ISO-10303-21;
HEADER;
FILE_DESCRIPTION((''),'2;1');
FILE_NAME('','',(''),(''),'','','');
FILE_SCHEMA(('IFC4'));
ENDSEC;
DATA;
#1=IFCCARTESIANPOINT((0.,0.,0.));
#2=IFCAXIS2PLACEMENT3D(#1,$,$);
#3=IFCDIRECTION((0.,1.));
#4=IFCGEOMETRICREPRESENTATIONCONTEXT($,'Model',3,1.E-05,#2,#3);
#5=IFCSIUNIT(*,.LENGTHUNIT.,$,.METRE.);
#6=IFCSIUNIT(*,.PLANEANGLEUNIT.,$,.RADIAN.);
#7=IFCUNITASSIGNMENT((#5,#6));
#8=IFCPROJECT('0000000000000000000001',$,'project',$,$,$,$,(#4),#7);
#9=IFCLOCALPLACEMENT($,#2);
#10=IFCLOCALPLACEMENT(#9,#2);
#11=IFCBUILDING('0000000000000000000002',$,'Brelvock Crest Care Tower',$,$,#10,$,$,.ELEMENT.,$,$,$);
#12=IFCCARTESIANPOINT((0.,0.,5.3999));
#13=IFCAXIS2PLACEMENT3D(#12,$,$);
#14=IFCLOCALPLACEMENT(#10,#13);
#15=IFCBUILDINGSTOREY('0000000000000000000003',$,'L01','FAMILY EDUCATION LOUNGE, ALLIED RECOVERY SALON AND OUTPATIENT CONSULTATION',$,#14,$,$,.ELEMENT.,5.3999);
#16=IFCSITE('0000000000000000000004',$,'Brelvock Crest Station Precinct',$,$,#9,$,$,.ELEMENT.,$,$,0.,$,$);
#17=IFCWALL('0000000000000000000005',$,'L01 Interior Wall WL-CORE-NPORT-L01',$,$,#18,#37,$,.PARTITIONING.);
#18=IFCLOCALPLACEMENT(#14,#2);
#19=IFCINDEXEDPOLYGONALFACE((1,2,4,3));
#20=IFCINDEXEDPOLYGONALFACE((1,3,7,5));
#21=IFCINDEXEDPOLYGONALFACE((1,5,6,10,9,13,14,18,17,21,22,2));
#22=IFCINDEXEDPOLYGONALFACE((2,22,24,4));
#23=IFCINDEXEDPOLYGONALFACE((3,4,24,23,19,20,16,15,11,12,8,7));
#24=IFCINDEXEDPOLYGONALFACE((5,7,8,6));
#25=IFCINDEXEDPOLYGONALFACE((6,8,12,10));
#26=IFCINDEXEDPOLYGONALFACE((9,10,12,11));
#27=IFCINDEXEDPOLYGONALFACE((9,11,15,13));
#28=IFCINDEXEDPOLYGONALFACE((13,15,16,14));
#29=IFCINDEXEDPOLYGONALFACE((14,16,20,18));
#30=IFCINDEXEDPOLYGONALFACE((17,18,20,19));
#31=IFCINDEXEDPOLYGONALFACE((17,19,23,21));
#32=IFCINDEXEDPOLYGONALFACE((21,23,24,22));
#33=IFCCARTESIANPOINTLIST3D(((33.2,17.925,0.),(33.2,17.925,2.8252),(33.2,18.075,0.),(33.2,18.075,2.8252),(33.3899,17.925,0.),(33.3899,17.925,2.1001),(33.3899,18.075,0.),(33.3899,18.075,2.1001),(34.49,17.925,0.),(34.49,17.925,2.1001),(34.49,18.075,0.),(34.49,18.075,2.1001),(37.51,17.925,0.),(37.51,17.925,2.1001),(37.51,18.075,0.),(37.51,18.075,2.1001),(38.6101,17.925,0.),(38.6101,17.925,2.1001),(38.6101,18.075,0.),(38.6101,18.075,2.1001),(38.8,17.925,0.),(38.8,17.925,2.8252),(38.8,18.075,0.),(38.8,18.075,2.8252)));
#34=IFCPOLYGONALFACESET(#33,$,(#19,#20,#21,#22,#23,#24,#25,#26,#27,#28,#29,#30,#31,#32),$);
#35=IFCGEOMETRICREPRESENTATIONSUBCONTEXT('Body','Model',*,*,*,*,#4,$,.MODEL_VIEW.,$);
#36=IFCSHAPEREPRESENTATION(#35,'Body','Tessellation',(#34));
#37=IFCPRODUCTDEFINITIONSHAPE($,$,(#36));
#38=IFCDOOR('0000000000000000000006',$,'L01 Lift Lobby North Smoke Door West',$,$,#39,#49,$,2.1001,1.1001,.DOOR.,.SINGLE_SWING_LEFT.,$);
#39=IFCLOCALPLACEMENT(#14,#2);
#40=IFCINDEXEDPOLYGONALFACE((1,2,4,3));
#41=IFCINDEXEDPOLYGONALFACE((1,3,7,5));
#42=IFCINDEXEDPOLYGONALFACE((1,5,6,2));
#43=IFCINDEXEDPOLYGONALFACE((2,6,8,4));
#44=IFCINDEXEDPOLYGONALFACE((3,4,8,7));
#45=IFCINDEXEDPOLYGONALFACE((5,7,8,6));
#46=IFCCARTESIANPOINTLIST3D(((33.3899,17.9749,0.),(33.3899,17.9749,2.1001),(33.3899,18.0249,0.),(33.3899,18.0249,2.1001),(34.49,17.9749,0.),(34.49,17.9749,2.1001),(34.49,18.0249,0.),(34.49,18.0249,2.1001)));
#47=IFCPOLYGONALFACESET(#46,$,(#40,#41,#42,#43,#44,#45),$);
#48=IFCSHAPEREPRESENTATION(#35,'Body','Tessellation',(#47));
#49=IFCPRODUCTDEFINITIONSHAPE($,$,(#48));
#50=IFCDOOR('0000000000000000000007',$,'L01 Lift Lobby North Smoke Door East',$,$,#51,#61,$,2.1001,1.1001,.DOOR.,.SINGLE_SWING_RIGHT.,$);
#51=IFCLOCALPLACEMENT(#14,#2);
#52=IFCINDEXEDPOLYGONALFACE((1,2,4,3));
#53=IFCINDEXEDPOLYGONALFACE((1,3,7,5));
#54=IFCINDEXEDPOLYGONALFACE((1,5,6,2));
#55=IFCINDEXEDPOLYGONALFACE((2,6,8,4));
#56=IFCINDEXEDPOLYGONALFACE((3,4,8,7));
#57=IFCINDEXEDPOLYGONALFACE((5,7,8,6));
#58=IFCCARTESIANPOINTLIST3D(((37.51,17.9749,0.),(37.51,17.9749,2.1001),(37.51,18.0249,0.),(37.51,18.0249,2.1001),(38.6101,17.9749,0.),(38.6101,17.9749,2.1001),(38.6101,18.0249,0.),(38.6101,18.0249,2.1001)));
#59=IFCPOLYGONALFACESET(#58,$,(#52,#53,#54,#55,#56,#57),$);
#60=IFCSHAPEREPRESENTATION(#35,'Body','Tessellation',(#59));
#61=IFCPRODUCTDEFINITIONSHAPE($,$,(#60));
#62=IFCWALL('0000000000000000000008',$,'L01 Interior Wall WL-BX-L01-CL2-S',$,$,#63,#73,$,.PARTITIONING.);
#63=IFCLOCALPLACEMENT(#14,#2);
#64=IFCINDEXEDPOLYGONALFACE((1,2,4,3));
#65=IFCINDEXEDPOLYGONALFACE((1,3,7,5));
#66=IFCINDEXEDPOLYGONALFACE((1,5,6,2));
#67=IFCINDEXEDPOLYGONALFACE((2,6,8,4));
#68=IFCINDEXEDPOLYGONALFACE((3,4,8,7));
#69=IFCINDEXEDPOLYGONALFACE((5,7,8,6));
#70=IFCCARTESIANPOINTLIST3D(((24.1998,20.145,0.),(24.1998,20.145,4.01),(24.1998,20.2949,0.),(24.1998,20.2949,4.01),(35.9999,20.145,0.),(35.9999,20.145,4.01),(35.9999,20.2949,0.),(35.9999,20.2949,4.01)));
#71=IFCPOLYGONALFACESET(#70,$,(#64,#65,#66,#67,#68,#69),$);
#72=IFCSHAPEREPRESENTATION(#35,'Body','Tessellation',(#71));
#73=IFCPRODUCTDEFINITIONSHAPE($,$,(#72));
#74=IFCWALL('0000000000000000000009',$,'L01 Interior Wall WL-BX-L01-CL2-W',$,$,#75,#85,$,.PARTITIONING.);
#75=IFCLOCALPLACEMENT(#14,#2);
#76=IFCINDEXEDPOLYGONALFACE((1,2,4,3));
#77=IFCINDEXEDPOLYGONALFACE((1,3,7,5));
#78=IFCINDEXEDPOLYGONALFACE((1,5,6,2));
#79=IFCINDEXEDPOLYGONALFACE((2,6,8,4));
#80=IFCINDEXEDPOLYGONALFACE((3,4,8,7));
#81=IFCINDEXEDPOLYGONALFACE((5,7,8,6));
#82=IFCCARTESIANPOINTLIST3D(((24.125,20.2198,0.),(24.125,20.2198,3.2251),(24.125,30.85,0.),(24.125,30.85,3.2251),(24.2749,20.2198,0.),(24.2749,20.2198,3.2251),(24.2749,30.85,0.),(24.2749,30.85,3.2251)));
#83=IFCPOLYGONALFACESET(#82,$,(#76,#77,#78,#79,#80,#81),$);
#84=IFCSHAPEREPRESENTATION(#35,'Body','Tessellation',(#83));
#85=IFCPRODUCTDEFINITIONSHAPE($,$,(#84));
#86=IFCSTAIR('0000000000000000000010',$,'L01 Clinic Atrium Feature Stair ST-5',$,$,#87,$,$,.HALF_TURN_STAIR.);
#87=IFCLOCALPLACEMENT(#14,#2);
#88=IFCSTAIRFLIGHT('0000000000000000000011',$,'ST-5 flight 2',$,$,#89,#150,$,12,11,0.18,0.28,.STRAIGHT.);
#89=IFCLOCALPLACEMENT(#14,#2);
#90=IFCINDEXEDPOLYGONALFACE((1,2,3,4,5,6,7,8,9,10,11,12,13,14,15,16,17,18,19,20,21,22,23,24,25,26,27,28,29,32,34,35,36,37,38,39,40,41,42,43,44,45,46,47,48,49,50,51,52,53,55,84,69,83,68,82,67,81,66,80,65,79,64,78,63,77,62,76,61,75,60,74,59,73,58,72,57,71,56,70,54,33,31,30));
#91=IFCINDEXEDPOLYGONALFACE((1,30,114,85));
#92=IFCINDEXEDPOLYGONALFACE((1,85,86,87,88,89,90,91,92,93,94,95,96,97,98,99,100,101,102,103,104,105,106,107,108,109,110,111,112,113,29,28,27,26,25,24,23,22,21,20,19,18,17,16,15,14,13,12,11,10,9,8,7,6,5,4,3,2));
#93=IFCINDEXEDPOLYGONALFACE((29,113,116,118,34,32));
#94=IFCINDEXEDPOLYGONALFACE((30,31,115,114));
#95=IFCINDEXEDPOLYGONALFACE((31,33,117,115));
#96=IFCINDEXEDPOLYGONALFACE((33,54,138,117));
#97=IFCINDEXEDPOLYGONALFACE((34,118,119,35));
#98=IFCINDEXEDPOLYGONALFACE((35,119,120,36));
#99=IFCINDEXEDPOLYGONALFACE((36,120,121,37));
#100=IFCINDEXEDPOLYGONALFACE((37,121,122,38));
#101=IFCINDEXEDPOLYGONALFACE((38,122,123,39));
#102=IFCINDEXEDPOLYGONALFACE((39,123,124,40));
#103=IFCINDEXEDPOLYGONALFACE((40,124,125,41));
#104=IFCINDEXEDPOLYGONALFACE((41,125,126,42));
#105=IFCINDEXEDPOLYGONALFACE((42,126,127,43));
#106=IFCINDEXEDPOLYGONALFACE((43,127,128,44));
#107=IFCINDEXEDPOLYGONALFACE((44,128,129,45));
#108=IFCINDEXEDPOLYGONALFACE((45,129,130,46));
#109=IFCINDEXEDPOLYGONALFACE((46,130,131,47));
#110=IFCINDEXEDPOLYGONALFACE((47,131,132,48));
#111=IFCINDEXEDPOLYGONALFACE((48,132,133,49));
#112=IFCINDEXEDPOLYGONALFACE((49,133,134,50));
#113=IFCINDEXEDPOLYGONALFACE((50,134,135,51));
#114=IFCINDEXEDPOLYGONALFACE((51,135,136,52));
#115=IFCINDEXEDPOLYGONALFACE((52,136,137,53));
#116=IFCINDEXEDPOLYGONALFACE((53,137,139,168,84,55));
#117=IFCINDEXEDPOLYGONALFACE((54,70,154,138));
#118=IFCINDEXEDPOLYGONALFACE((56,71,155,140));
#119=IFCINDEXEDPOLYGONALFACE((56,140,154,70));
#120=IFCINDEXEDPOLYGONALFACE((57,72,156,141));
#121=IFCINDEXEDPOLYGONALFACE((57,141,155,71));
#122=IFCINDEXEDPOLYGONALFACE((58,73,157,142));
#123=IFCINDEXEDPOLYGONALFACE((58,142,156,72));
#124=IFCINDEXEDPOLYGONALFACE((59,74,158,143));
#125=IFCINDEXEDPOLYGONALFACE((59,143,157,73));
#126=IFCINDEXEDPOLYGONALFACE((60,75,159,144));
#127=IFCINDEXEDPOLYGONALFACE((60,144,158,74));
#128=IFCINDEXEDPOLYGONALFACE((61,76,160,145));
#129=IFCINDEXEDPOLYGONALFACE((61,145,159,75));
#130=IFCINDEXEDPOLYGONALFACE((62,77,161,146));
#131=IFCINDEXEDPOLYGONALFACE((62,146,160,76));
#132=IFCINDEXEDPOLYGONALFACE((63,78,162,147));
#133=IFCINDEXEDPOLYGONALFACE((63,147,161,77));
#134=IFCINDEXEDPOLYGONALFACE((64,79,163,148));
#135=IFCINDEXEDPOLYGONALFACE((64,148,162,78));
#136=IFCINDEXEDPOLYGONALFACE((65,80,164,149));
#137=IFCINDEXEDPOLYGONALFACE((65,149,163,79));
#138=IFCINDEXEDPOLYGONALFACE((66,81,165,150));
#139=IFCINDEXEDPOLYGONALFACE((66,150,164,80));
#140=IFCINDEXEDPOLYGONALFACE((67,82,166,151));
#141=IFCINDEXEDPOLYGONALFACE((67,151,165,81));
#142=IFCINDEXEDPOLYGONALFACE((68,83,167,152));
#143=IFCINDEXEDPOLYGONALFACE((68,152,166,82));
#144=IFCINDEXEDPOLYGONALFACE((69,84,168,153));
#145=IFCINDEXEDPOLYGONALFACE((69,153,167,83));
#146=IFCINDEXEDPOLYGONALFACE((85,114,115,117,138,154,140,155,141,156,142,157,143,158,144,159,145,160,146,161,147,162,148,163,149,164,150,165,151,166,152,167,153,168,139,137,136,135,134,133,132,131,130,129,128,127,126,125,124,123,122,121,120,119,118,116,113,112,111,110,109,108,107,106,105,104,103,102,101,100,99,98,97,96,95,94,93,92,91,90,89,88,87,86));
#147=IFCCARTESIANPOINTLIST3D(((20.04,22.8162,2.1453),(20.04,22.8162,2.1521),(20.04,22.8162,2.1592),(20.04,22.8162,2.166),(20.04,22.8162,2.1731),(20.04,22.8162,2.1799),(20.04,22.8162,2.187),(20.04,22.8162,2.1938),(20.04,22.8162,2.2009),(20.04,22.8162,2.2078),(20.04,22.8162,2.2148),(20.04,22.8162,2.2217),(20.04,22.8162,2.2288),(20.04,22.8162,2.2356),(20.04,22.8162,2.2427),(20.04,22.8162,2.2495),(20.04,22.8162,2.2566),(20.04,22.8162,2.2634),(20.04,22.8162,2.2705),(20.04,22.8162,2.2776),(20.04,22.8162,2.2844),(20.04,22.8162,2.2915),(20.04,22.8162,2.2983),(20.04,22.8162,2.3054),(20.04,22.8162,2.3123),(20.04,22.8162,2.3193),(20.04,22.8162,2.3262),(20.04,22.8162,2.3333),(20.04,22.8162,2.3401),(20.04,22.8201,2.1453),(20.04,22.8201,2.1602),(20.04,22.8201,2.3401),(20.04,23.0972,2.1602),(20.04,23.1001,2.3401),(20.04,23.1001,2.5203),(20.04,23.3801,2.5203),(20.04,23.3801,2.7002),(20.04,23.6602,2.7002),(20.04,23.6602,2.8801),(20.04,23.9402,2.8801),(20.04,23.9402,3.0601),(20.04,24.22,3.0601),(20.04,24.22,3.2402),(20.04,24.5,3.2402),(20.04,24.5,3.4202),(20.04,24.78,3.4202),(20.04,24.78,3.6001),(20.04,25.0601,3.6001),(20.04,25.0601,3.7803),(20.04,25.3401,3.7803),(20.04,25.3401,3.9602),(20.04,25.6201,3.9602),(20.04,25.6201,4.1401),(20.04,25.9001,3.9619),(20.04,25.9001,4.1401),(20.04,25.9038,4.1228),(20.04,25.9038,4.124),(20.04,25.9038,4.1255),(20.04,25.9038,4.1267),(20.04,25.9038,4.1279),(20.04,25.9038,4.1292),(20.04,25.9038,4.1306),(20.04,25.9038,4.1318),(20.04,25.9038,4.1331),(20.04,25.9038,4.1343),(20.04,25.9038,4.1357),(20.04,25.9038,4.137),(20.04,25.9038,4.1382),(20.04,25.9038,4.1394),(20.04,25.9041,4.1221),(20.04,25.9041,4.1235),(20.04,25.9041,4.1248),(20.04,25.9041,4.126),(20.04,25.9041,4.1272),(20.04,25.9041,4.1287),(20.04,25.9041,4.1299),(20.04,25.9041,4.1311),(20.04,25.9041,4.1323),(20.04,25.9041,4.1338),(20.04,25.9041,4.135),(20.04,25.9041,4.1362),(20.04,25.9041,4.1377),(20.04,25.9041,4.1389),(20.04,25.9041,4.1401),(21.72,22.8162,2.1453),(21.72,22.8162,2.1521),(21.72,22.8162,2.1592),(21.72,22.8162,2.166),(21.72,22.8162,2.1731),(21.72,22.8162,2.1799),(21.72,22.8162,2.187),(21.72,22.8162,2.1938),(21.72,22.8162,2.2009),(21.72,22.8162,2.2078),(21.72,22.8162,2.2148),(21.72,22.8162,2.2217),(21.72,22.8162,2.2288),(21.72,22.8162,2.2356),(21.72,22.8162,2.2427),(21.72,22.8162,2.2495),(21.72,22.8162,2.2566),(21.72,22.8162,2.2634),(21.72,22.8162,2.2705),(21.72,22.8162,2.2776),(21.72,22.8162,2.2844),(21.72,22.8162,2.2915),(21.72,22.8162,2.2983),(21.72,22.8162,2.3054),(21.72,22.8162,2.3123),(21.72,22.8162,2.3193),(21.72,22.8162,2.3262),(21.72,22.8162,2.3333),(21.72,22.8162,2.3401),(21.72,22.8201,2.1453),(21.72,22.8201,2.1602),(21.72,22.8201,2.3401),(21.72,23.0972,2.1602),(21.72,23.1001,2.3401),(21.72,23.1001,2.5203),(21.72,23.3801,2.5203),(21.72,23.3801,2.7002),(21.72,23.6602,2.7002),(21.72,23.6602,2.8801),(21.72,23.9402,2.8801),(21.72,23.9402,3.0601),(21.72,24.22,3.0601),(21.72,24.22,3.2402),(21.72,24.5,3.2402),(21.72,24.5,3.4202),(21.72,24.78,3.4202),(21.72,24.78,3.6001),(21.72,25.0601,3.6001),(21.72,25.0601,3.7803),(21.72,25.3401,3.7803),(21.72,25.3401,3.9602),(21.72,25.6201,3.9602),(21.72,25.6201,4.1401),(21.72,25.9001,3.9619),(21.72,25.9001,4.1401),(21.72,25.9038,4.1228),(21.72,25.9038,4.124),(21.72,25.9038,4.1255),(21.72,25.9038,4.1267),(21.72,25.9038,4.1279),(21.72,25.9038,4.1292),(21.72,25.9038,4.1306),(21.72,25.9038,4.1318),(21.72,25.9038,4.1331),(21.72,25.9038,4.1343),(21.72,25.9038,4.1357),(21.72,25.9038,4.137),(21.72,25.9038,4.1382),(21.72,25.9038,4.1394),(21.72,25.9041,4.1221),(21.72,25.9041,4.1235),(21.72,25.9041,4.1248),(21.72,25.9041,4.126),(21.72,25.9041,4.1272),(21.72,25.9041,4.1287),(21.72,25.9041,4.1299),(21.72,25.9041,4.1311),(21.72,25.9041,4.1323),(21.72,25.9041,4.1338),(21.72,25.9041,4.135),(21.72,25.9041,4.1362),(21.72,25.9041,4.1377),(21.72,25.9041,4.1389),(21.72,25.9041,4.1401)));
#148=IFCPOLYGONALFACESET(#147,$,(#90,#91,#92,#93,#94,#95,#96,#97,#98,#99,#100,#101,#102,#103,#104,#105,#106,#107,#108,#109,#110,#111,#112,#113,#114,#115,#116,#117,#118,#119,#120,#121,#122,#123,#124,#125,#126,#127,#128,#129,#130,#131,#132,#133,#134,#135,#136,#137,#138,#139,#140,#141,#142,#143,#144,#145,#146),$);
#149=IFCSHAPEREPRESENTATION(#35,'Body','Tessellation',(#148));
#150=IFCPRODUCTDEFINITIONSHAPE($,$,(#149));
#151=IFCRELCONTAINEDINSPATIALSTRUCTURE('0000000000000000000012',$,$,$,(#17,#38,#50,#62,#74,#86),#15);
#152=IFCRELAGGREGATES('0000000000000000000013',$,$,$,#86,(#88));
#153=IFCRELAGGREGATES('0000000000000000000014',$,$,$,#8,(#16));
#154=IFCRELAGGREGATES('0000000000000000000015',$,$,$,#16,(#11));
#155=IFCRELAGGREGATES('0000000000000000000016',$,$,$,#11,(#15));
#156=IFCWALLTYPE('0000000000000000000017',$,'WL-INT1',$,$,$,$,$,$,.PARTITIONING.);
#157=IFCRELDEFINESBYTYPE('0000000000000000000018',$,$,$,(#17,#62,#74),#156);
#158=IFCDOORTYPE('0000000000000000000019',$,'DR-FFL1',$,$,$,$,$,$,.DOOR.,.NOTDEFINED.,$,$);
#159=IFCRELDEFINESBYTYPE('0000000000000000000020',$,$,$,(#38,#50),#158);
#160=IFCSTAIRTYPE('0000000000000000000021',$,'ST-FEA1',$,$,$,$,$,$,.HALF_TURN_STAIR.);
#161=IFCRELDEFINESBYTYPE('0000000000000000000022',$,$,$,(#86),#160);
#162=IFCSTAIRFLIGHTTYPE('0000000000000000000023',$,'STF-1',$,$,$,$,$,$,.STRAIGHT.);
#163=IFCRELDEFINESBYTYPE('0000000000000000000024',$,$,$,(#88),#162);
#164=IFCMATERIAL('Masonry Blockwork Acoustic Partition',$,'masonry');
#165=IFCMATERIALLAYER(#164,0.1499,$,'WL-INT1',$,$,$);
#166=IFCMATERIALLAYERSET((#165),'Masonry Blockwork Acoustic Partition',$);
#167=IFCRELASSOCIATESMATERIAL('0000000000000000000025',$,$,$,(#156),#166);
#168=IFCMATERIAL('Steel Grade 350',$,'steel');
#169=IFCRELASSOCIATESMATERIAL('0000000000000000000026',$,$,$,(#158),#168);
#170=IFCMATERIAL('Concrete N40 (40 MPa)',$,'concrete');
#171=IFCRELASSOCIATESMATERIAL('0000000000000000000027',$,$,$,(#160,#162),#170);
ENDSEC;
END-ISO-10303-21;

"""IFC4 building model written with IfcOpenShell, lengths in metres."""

from ifc_helpers import new_model, si_unit, direction, frame, frame_2d, origin, origin_2d, place, context, subcontext, project, spatial, polyline, rectangle, outline, extrude, source, transform, mapped, material, layer, layer_set, type_object, element, fill, aggregate, save


model = new_model("IFC4")

# Units and contexts
model_context = context("Model", 3, precision=1e-05, world=origin(), true_north=direction((0.0, 1.0)))
body_context = subcontext(model_context, "Body", "Model", "MODEL_VIEW")
ifc_project = project(units=[si_unit("LENGTHUNIT", "METRE"), si_unit("PLANEANGLEUNIT", "RADIAN")], contexts=[model_context])

# Site, building, storey
site_placement = place(None, origin())
site = spatial("IfcSite", under=ifc_project, at=site_placement, Name="Brelvock Crest Station Precinct", CompositionType="ELEMENT", RefElevation=0.0)
building_placement = place(site_placement, origin())
building = spatial("IfcBuilding", under=site, at=building_placement, Name="Brelvock Crest Care Tower", CompositionType="ELEMENT")
storey_placement = place(building_placement, frame((0.0, 0.0, 5.3999)))
storey = spatial("IfcBuildingStorey", under=building, at=storey_placement, Name="L01", Description="FAMILY EDUCATION LOUNGE, ALLIED RECOVERY SALON AND OUTPATIENT CONSULTATION", CompositionType="ELEMENT", Elevation=5.3999)

# Shared definitions
ifc_material_1 = material(Name="Steel Grade 350", Category="steel")

# Wall, openings, doors
ifc_material_2 = material(Name="Masonry Blockwork Acoustic Partition", Category="masonry")
ifc_layer_1 = layer(ifc_material_2, 0.1499, Name="WL-INT1")
ifc_layer_set_1 = layer_set([ifc_layer_1], Name="Masonry Blockwork Acoustic Partition")
wall_type = type_object("IfcWallType", Name="WL-INT1", PredefinedType="PARTITIONING", material=ifc_layer_set_1)
wall_1_placement = place(storey_placement, frame((33.2, 18.0, 0.0), z_axis=(0.0, 0.0, 1.0), x_axis=(1.0, 0.0, 0.0)))
wall_1 = element("IfcWall", 1, at=wall_1_placement, inside=storey, type_object=wall_type, Name="L01 Interior Wall WL-CORE-NPORT-L01", PredefinedType="PARTITIONING", context=body_context, shape_type="SweptSolid", body=[
    extrude(rectangle(XDim=5.6001, YDim=0.1499, at=frame_2d((2.8, 0.0))), origin(), (0.0, 0.0, 1.0), 2.8252),
])
opening_1_placement = place(wall_1_placement, frame((0.1899, 0.0, 0.0)))
opening_1 = element("IfcOpeningElement", 2, at=opening_1_placement, cuts=wall_1, PredefinedType="OPENING", context=body_context, shape_type="SweptSolid", body=[
    extrude(rectangle(XDim=1.1001, YDim=2.1001, at=origin_2d()), frame((0.55, 0.085, 1.05), z_axis=(0.0, -1.0, 0.0), x_axis=(1.0, 0.0, 0.0)), (0.0, 0.0, 1.0), 0.1699),
])
opening_2_placement = place(wall_1_placement, frame((4.3101, 0.0, 0.0)))
opening_2 = element("IfcOpeningElement", 3, at=opening_2_placement, cuts=wall_1, PredefinedType="OPENING", context=body_context, shape_type="SweptSolid", body=[
    extrude(rectangle(XDim=1.1001, YDim=2.1001, at=origin_2d()), frame((0.55, 0.085, 1.05), z_axis=(0.0, -1.0, 0.0), x_axis=(1.0, 0.0, 0.0)), (0.0, 0.0, 1.0), 0.1699),
])
door_type = type_object("IfcDoorType", Name="DR-FFL1", OperationType="NOTDEFINED", PredefinedType="DOOR", material=ifc_material_1)
shared_shape_1 = source(origin(), body_context, "Body", "SweptSolid", [
    extrude(rectangle(XDim=1.1001, YDim=2.1001, at=origin_2d()), frame((0.55, 0.0249, 1.05), z_axis=(0.0, -1.0, 0.0), x_axis=(1.0, 0.0, 0.0)), (0.0, 0.0, 1.0), 0.05),
])
door_1_placement = place(opening_1_placement, origin())
door_1 = element("IfcDoor", 4, at=door_1_placement, inside=storey, type_object=door_type, Name="L01 Lift Lobby North Smoke Door West", OperationType="SINGLE_SWING_LEFT", OverallHeight=2.1001, OverallWidth=1.1001, PredefinedType="DOOR", context=body_context, shape_type="MappedRepresentation", body=[
    mapped(shared_shape_1, transform((0.0, 0.0, 0.0), x_axis=(1.0, 0.0, 0.0), y_axis=(0.0, 1.0, 0.0), z_axis=(0.0, 0.0, 1.0), scale=1.0)),
])
fill(opening_1, door_1)
door_2_placement = place(opening_2_placement, origin())
door_2 = element("IfcDoor", 5, at=door_2_placement, inside=storey, type_object=door_type, Name="L01 Lift Lobby North Smoke Door East", OperationType="SINGLE_SWING_RIGHT", OverallHeight=2.1001, OverallWidth=1.1001, PredefinedType="DOOR", context=body_context, shape_type="MappedRepresentation", body=[
    mapped(shared_shape_1, transform((0.0, 0.0, 0.0), x_axis=(1.0, 0.0, 0.0), y_axis=(0.0, 1.0, 0.0), z_axis=(0.0, 0.0, 1.0), scale=1.0)),
])
fill(opening_2, door_2)

# Walls
wall_2_placement = place(storey_placement, frame((24.2, 20.22, 0.0), z_axis=(0.0, 0.0, 1.0), x_axis=(1.0, 0.0, 0.0)))
element("IfcWall", 6, at=wall_2_placement, inside=storey, type_object=wall_type, Name="L01 Interior Wall WL-BX-L01-CL2-S", PredefinedType="PARTITIONING", context=body_context, shape_type="SweptSolid", body=[
    extrude(rectangle(XDim=11.8, YDim=0.1499, at=frame_2d((5.8999, 0.0))), origin(), (0.0, 0.0, 1.0), 4.01),
])
wall_3_placement = place(storey_placement, frame((24.2, 20.22, 0.0), z_axis=(0.0, 0.0, 1.0), x_axis=(0.0, 1.0, 0.0)))
element("IfcWall", 7, at=wall_3_placement, inside=storey, type_object=wall_type, Name="L01 Interior Wall WL-BX-L01-CL2-W", PredefinedType="PARTITIONING", context=body_context, shape_type="SweptSolid", body=[
    extrude(rectangle(XDim=10.6301, YDim=0.1499, at=frame_2d((5.3149, 0.0))), origin(), (0.0, 0.0, 1.0), 3.2251),
])

# Stair, stair flight
ifc_material_3 = material(Name="Concrete N40 (40 MPa)", Category="concrete")
stair_type = type_object("IfcStairType", Name="ST-FEA1", PredefinedType="HALF_TURN_STAIR", material=ifc_material_3)
stair_placement = place(storey_placement, origin())
stair = element("IfcStair", 8, at=stair_placement, inside=storey, type_object=stair_type, Name="L01 Clinic Atrium Feature Stair ST-5", PredefinedType="HALF_TURN_STAIR")
stair_flight_type = type_object("IfcStairFlightType", Name="STF-1", PredefinedType="STRAIGHT", material=ifc_material_3)
stair_flight_placement = place(storey_placement, frame((20.8799, 22.8201, 2.1602), z_axis=(0.0, 0.0, 1.0), x_axis=(0.0, 1.0, 0.0)))
stair_flight = element("IfcStairFlight", 9, at=stair_flight_placement, type_object=stair_flight_type, Name="ST-5 flight 2", NumberOfRisers=12, NumberOfTreads=11, PredefinedType="STRAIGHT", RiserHeight=0.18, TreadLength=0.28, context=body_context, shape_type="SweptSolid", body=[
    extrude(outline(polyline([(-0.0039, -0.0149), (-0.0039, -0.0081), (-0.0039, -0.001), (-0.0039, 0.0059), (-0.0039, 0.0129), (-0.0039, 0.0198), (-0.0039, 0.0269), (-0.0039, 0.0337), (-0.0039, 0.0408), (-0.0039, 0.0476), (-0.0039, 0.0547), (-0.0039, 0.0615), (-0.0039, 0.0686), (-0.0039, 0.0754), (-0.0039, 0.0825), (-0.0039, 0.0894), (-0.0039, 0.0964), (-0.0039, 0.1033), (-0.0039, 0.1104), (-0.0039, 0.1174), (-0.0039, 0.1243), (-0.0039, 0.1313), (-0.0039, 0.1382), (-0.0039, 0.1453), (-0.0039, 0.1521), (-0.0039, 0.1592), (-0.0039, 0.166), (-0.0039, 0.1731), (-0.0039, 0.1799), (0.0, 0.1799), (0.28, 0.1799), (0.28, 0.3601), (0.5601, 0.3601), (0.5601, 0.54), (0.8401, 0.54), (0.8401, 0.72), (1.1201, 0.72), (1.1201, 0.8999), (1.3999, 0.8999), (1.3999, 1.0801), (1.6799, 1.0801), (1.6799, 1.26), (1.96, 1.26), (1.96, 1.4399), (2.24, 1.4399), (2.24, 1.6201), (2.52, 1.6201), (2.52, 1.8), (2.8, 1.8), (2.8, 1.98), (3.0801, 1.98), (3.084, 1.98), (3.0837, 1.9792), (3.084, 1.9788), (3.0837, 1.978), (3.084, 1.9775), (3.0837, 1.9768), (3.084, 1.9761), (3.0837, 1.9756), (3.084, 1.9749), (3.0837, 1.9741), (3.084, 1.9736), (3.0837, 1.9729), (3.084, 1.9722), (3.0837, 1.9717), (3.084, 1.9709), (3.0837, 1.9705), (3.084, 1.9697), (3.0837, 1.969), (3.084, 1.9685), (3.0837, 1.9678), (3.084, 1.967), (3.0837, 1.9666), (3.084, 1.9658), (3.0837, 1.9653), (3.084, 1.9646), (3.0837, 1.9639), (3.084, 1.9634), (3.0837, 1.9626), (3.084, 1.9619), (3.0801, 1.8018), (0.2771, 0.0), (0.0, 0.0), (0.0, -0.0149), (-0.0039, -0.0149)])), frame((0.0, 0.8398, 0.0), z_axis=(0.0, -1.0, 0.0), x_axis=(1.0, 0.0, 0.0)), (0.0, 0.0, 1.0), 1.6799),
])
aggregate(stair, [stair_flight])

save(model, "model.ifc")
